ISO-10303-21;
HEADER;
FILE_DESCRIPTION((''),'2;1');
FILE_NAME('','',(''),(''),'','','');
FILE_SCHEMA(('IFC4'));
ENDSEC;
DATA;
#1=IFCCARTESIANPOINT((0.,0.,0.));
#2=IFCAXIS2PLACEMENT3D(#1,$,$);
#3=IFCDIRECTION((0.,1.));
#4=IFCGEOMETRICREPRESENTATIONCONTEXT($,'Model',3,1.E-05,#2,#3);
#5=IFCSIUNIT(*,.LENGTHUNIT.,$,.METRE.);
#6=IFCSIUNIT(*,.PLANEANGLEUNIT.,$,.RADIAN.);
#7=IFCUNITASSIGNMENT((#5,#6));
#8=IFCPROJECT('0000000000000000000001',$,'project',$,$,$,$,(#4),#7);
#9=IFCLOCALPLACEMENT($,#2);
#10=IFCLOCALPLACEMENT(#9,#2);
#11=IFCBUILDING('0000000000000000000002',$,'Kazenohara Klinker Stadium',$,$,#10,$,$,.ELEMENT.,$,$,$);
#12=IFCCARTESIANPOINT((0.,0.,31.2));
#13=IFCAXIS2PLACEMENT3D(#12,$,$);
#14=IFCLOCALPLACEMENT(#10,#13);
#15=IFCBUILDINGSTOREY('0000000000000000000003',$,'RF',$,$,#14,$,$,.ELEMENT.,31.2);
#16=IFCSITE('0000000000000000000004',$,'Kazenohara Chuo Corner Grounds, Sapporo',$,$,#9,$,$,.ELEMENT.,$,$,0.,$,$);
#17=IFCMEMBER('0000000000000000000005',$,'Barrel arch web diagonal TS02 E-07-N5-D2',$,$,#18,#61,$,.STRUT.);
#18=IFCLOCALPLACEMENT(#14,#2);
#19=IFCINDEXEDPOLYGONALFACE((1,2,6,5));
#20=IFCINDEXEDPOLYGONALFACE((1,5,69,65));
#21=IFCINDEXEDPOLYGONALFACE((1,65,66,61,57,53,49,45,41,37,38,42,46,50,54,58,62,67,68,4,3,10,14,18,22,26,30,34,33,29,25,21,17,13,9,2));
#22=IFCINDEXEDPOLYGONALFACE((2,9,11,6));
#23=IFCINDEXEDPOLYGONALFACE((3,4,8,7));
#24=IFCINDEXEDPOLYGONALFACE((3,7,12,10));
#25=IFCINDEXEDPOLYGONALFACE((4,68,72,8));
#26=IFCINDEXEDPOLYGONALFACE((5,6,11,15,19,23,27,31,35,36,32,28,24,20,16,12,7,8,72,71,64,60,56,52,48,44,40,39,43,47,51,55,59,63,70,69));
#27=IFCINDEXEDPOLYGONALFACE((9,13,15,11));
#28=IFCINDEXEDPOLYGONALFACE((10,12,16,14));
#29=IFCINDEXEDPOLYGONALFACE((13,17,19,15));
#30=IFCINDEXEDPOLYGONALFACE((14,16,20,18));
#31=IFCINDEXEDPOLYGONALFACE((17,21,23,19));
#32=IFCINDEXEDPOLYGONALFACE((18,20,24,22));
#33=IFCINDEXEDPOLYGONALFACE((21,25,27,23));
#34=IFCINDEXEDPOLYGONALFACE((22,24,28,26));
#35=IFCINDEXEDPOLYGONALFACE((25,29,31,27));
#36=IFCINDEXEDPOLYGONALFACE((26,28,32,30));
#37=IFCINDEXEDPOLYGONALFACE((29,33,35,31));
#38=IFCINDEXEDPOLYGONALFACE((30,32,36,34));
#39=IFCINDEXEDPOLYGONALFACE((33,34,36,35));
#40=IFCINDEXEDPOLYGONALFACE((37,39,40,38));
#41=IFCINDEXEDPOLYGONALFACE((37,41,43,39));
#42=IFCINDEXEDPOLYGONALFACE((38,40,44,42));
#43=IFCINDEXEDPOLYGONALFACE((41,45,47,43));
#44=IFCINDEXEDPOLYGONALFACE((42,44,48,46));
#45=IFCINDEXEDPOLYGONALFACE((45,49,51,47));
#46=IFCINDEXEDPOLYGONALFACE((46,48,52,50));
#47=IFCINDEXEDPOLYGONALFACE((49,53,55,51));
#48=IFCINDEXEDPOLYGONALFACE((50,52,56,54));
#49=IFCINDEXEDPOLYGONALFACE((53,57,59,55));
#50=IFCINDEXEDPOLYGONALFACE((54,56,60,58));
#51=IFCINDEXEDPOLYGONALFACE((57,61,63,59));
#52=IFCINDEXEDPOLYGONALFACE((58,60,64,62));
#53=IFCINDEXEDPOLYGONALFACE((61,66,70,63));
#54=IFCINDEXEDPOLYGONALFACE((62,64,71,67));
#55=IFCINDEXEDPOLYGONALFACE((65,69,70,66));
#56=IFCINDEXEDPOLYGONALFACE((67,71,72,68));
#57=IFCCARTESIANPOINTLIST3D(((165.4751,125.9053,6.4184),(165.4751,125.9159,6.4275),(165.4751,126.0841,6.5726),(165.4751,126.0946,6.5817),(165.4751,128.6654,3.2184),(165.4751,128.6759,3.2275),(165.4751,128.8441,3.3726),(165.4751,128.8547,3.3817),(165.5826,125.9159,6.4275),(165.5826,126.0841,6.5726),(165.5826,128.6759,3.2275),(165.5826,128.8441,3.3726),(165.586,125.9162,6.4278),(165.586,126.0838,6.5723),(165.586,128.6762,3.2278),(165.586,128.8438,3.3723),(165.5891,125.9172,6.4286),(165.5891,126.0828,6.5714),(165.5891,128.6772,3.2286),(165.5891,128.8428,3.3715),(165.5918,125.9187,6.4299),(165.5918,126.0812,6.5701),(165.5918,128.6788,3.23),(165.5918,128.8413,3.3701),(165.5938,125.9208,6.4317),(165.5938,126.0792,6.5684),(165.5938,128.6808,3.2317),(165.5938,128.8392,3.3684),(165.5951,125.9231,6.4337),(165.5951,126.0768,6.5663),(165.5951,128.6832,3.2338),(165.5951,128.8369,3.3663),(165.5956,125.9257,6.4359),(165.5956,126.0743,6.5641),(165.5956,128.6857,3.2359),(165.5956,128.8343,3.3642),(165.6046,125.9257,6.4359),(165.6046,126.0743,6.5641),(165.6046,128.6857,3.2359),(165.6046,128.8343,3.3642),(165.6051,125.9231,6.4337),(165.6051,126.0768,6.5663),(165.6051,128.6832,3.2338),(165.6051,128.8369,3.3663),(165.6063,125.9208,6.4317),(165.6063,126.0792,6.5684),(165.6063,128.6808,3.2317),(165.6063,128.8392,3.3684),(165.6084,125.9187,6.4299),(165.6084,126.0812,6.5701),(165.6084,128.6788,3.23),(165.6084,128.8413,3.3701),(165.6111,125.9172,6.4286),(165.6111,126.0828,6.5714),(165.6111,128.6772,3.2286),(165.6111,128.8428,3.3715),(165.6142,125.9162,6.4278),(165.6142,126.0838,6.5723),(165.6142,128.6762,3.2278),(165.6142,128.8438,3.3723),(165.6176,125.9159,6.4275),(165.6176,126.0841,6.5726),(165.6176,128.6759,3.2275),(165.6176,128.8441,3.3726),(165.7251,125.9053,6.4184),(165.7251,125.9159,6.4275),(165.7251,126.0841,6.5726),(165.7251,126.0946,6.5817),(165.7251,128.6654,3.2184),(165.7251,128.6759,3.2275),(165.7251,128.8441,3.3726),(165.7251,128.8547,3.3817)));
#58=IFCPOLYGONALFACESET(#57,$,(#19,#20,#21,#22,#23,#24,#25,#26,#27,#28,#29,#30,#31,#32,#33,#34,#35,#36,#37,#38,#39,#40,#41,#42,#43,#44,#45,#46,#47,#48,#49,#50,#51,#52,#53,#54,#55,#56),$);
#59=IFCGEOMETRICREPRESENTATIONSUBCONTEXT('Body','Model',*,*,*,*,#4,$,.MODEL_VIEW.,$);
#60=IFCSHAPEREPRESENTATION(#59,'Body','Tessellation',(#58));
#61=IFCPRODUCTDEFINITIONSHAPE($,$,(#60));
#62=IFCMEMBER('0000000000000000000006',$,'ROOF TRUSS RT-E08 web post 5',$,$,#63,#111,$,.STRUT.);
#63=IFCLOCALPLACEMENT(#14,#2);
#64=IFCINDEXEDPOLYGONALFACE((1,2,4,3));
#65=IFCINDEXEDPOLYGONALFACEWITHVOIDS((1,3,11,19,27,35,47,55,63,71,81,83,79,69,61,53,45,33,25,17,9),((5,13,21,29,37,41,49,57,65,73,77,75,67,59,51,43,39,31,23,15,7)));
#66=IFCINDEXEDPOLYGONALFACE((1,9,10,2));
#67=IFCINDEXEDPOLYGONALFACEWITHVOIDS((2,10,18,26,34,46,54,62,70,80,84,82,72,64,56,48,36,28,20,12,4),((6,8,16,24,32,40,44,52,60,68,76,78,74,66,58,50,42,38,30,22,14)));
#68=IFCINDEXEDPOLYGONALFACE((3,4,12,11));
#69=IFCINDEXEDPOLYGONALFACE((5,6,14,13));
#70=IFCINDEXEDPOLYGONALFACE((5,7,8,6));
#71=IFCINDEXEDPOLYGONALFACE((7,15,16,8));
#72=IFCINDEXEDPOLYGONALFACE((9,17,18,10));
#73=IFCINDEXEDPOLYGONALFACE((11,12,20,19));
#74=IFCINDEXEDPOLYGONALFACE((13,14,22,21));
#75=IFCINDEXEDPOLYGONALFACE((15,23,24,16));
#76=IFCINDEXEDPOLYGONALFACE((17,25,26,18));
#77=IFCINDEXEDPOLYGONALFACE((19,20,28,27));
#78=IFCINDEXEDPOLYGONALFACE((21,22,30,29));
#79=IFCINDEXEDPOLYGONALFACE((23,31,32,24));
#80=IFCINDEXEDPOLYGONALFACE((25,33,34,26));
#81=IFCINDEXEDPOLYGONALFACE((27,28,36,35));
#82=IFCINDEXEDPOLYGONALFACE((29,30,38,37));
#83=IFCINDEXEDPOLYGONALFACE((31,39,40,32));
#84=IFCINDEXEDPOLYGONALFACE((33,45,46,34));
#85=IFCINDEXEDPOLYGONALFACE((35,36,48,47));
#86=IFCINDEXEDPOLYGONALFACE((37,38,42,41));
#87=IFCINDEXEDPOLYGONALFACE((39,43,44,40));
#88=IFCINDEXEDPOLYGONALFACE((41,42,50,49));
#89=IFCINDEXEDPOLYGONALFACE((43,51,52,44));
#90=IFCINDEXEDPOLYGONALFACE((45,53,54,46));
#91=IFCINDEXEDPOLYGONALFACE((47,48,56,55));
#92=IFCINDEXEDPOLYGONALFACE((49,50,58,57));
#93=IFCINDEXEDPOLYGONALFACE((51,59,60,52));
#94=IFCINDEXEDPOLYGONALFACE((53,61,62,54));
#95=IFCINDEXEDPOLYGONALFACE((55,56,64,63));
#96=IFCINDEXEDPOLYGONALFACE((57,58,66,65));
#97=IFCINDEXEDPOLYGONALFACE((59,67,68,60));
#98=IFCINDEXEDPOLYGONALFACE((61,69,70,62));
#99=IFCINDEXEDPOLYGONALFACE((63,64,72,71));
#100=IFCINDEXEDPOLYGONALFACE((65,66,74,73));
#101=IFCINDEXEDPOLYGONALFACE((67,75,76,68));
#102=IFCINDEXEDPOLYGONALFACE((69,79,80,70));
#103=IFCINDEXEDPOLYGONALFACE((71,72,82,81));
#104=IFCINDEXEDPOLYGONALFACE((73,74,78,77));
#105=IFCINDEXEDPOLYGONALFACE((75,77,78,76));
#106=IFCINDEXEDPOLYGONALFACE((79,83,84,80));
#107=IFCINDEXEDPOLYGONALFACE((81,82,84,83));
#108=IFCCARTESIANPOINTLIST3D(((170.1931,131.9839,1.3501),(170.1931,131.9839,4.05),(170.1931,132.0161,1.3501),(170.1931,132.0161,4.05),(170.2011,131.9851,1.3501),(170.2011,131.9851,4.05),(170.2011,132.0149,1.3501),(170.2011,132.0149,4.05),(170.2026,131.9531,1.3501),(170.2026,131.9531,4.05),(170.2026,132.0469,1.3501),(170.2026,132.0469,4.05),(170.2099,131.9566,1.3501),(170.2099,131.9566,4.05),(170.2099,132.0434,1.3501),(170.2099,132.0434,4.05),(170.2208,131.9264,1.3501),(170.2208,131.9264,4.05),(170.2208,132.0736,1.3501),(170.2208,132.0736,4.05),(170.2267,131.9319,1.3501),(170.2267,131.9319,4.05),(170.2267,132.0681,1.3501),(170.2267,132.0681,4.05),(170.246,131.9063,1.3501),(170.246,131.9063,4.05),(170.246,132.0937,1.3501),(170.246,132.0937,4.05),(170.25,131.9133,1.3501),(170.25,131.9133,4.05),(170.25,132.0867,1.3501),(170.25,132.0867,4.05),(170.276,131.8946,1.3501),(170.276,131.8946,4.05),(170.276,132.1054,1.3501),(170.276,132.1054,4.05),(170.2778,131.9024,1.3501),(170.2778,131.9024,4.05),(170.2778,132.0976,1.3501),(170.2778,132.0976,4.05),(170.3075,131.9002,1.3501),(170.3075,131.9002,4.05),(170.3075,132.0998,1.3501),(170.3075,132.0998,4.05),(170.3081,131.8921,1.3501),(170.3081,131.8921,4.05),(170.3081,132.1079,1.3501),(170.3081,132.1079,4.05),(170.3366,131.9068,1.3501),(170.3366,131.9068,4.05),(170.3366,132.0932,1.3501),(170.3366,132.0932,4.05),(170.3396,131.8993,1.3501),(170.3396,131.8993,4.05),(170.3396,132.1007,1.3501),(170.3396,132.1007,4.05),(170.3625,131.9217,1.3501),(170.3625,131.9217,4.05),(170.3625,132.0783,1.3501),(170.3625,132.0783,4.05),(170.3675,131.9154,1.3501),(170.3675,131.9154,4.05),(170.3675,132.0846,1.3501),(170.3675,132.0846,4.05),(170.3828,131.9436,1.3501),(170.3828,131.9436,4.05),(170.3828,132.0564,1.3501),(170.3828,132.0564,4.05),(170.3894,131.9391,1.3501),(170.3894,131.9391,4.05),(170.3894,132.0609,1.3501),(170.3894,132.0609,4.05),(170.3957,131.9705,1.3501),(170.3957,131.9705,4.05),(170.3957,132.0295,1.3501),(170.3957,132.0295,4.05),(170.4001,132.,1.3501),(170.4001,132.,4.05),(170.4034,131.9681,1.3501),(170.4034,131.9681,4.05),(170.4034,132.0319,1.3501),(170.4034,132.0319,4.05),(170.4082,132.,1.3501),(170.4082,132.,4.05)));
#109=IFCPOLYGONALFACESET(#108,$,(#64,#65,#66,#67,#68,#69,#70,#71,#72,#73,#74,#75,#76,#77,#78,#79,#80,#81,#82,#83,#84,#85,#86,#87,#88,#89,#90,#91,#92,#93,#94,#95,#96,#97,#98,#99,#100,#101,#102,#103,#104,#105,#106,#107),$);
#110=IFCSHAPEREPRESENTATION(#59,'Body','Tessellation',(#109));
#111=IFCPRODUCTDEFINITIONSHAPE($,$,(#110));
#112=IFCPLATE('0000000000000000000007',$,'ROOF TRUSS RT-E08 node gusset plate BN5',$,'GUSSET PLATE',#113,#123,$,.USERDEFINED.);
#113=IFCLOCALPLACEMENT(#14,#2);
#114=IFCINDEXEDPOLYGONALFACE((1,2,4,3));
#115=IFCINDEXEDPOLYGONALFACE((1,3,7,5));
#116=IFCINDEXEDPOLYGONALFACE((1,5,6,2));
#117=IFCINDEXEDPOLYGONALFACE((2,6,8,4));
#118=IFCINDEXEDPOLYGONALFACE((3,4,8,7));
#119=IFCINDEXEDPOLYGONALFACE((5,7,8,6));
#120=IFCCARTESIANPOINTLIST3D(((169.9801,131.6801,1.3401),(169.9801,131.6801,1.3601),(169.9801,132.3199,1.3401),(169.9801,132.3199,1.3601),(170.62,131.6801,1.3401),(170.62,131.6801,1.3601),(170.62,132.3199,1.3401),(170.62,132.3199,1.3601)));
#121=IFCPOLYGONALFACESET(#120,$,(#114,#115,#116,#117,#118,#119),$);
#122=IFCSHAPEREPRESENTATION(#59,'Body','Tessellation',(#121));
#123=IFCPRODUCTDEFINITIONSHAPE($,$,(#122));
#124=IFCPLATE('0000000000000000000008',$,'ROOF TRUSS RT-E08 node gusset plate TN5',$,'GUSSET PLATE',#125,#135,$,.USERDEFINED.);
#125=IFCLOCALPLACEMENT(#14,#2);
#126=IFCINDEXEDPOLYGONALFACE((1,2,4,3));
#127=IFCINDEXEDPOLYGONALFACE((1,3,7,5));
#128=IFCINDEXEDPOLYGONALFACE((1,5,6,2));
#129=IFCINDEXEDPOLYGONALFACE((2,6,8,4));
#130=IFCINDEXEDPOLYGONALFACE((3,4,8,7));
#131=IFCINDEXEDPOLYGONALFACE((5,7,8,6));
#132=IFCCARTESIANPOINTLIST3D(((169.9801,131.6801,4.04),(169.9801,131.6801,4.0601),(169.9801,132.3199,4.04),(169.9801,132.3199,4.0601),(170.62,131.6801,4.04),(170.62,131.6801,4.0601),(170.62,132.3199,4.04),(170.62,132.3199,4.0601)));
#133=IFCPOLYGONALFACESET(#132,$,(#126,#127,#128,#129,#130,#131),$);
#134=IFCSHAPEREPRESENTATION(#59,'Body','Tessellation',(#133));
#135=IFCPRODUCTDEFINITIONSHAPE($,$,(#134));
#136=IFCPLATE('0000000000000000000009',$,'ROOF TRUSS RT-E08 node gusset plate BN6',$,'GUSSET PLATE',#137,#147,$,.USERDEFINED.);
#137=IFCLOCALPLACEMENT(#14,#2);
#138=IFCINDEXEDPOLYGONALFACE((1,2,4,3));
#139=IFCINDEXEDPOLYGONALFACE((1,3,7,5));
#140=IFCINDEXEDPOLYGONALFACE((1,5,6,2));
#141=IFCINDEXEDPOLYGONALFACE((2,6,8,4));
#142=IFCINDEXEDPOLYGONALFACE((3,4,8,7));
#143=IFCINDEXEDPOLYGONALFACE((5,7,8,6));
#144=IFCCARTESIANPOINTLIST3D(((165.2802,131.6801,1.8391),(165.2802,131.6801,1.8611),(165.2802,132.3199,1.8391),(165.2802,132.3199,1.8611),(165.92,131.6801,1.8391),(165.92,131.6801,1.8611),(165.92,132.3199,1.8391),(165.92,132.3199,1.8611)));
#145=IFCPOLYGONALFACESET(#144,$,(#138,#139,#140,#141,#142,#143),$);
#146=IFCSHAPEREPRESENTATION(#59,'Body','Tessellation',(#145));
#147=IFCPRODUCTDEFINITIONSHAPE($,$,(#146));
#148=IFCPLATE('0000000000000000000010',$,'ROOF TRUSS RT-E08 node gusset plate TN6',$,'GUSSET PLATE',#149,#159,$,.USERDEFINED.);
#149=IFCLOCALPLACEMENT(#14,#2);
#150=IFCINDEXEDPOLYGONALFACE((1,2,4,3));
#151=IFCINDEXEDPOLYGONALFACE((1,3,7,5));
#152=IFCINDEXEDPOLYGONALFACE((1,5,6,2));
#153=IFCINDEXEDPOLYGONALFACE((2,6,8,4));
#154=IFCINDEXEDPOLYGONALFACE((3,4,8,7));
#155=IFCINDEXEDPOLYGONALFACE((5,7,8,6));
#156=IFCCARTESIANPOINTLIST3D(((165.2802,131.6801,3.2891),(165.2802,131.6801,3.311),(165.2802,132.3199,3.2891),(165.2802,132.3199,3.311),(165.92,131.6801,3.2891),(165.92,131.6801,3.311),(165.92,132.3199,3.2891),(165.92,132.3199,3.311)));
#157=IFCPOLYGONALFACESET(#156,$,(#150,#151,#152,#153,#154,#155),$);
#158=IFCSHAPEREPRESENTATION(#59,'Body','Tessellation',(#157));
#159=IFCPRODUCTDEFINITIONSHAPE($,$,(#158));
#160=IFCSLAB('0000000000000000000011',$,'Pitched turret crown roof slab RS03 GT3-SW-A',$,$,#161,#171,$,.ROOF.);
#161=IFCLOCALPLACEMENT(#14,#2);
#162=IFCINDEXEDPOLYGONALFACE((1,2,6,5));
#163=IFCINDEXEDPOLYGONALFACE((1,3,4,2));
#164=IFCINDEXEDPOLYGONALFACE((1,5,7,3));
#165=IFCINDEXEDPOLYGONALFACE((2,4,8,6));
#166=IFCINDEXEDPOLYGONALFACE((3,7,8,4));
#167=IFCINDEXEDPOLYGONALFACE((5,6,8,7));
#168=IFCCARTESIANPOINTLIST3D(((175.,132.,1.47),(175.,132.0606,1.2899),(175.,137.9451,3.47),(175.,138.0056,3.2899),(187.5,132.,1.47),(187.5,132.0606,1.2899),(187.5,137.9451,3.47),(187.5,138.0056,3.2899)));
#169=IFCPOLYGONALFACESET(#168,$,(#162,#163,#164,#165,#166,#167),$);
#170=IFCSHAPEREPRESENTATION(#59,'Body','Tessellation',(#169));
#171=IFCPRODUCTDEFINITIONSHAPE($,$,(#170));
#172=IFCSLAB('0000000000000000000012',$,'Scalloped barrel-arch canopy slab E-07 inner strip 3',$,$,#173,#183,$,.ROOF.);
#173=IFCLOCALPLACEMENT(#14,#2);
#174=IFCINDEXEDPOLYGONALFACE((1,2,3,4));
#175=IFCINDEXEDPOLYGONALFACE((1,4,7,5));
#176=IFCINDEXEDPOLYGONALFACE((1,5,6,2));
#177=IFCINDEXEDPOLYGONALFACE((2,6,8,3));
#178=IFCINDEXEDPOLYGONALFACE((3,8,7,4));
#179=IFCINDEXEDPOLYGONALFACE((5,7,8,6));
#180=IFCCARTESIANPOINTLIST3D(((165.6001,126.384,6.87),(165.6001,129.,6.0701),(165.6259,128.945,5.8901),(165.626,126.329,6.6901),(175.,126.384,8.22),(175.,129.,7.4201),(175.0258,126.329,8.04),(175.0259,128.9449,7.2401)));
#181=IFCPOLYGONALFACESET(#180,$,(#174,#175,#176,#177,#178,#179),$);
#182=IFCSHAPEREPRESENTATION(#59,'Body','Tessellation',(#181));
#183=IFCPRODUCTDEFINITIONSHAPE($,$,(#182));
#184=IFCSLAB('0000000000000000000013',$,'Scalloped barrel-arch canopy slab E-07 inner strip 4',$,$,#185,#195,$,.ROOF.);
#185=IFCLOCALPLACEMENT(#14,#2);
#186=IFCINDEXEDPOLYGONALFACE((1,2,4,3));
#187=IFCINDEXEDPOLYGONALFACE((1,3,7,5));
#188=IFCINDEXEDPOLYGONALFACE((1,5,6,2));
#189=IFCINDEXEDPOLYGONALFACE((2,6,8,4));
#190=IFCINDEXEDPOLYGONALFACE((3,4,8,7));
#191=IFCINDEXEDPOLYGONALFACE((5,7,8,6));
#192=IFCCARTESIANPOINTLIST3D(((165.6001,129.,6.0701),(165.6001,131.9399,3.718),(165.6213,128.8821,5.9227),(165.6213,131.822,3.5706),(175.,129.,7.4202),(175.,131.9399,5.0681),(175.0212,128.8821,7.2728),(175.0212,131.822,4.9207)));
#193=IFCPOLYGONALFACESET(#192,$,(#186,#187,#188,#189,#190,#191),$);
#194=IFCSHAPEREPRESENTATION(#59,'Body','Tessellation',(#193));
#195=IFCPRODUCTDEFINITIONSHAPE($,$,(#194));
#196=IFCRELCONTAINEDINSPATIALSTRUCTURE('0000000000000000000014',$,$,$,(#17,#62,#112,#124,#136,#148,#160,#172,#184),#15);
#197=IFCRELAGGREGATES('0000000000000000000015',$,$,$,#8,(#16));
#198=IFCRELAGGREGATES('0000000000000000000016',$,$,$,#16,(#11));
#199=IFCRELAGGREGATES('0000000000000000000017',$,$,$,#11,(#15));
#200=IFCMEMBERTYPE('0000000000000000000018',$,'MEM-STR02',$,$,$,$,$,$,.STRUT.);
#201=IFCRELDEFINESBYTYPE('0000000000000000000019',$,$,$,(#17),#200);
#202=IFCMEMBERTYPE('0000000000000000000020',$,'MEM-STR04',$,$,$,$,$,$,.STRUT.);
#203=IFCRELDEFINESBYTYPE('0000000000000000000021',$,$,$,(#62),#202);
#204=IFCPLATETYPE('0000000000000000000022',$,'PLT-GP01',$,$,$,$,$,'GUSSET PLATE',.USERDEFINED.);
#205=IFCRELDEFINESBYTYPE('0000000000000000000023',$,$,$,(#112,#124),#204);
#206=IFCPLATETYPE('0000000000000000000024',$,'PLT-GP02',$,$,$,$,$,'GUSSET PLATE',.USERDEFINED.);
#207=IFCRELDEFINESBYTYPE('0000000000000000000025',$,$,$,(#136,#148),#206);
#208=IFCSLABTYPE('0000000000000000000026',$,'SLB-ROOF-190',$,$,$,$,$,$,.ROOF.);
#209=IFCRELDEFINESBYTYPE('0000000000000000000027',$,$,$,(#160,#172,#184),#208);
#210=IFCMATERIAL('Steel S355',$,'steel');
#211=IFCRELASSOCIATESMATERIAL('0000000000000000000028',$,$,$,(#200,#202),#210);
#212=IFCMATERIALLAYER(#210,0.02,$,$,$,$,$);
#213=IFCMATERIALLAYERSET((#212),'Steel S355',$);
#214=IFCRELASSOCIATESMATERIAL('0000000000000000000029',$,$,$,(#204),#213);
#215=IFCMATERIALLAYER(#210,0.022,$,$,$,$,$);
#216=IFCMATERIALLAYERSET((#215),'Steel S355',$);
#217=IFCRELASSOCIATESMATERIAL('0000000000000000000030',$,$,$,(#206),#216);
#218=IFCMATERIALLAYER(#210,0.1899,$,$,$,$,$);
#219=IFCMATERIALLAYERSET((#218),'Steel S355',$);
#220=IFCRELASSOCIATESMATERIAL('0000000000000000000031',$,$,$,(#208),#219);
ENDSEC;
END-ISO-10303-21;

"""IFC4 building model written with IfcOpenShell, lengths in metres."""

from ifc_helpers import new_model, si_unit, direction, frame, origin, origin_2d, place, context, subcontext, project, spatial, polyline, rectangle, hollow_circle, i_section, outline, extrude, material, layer, layer_set, material_profile, profile_set, type_object, element, save


model = new_model("IFC4")

# Units and contexts
model_context = context("Model", 3, precision=1e-05, world=origin(), true_north=direction((0.0, 1.0)))
body_context = subcontext(model_context, "Body", "Model", "MODEL_VIEW")
ifc_project = project(units=[si_unit("LENGTHUNIT", "METRE"), si_unit("PLANEANGLEUNIT", "RADIAN")], contexts=[model_context])

# Site, building, storey
site_placement = place(None, origin())
site = spatial("IfcSite", under=ifc_project, at=site_placement, Name="Kazenohara Chuo Corner Grounds, Sapporo", CompositionType="ELEMENT", RefElevation=0.0)
building_placement = place(site_placement, origin())
building = spatial("IfcBuilding", under=site, at=building_placement, Name="Kazenohara Klinker Stadium", CompositionType="ELEMENT")
storey_placement = place(building_placement, frame((0.0, 0.0, 31.2)))
storey = spatial("IfcBuildingStorey", under=building, at=storey_placement, Name="RF", CompositionType="ELEMENT", Elevation=31.2)

# Members
ifc_material_1 = material(Name="Steel S355", Category="steel")
ifc_material_profile_1 = material_profile(ifc_material_1, i_section(OverallWidth=0.25, OverallDepth=0.25, WebThickness=0.009, FlangeThickness=0.0139, FilletRadius=0.0129, at=origin_2d()), Name="H-250x250x9x14")
ifc_profile_set_1 = profile_set([ifc_material_profile_1], Name="Steel S355")
member_type_1 = type_object("IfcMemberType", Name="MEM-STR02", PredefinedType="STRUT", material=ifc_profile_set_1)
member_1_placement = place(storey_placement, frame((165.6001, 128.76, 3.3), z_axis=(0.0, -0.653134, 0.757242), x_axis=(1.0, 0.0, 0.0)))
element("IfcMember", 1, at=member_1_placement, inside=storey, type_object=member_type_1, Name="Barrel arch web diagonal TS02 E-07-N5-D2", PredefinedType="STRUT", context=body_context, shape_type="SweptSolid", body=[
    extrude(i_section(OverallWidth=0.25, OverallDepth=0.25, WebThickness=0.009, FlangeThickness=0.0139, FilletRadius=0.0129, at=origin_2d()), origin(), (0.0, 0.0, 1.0), 4.2258),
])
ifc_material_profile_2 = material_profile(ifc_material_1, hollow_circle(Radius=0.1082, WallThickness=0.0081, at=origin_2d()), Name="CHS-216.3x8")
ifc_profile_set_2 = profile_set([ifc_material_profile_2], Name="Steel S355")
member_type_2 = type_object("IfcMemberType", Name="MEM-STR04", PredefinedType="STRUT", material=ifc_profile_set_2)
member_2_placement = place(storey_placement, frame((170.3, 132.0, 1.3501), z_axis=(0.0, 0.0, 1.0), x_axis=(1.0, 0.0, 0.0)))
element("IfcMember", 2, at=member_2_placement, inside=storey, type_object=member_type_2, Name="ROOF TRUSS RT-E08 web post 5", PredefinedType="STRUT", context=body_context, shape_type="SweptSolid", body=[
    extrude(hollow_circle(Radius=0.1082, WallThickness=0.0081, at=origin_2d()), origin(), (0.0, 0.0, 1.0), 2.7),
])

# Plates
ifc_layer_1 = layer(ifc_material_1, 0.02)
ifc_layer_set_1 = layer_set([ifc_layer_1], Name="Steel S355")
plate_type_1 = type_object("IfcPlateType", Name="PLT-GP01", ElementType="GUSSET PLATE", PredefinedType="USERDEFINED", material=ifc_layer_set_1)
for number, where, z_axis, x_axis, name in (
    (3, (170.3, 132.0, 1.3401), (0.0, 0.0, 1.0), (1.0, 0.0, 0.0), "ROOF TRUSS RT-E08 node gusset plate BN5"),
    (4, (170.3, 132.0, 4.04), (0.0, 0.0, 1.0), (1.0, 0.0, 0.0), "ROOF TRUSS RT-E08 node gusset plate TN5"),
):
    element("IfcPlate", number, at=place(storey_placement, frame(where, z_axis=z_axis, x_axis=x_axis)), inside=storey, type_object=plate_type_1, Name=name, ObjectType="GUSSET PLATE", PredefinedType="USERDEFINED", context=body_context, shape_type="SweptSolid", body=[
        extrude(rectangle(XDim=0.6399, YDim=0.6399, at=origin_2d()), origin(), (0.0, 0.0, 1.0), 0.02),
    ])
ifc_layer_2 = layer(ifc_material_1, 0.022)
ifc_layer_set_2 = layer_set([ifc_layer_2], Name="Steel S355")
plate_type_2 = type_object("IfcPlateType", Name="PLT-GP02", ElementType="GUSSET PLATE", PredefinedType="USERDEFINED", material=ifc_layer_set_2)
for number, where, z_axis, x_axis, name in (
    (5, (165.6001, 132.0, 1.8391), (0.0, 0.0, 1.0), (1.0, 0.0, 0.0), "ROOF TRUSS RT-E08 node gusset plate BN6"),
    (6, (165.6001, 132.0, 3.2891), (0.0, 0.0, 1.0), (1.0, 0.0, 0.0), "ROOF TRUSS RT-E08 node gusset plate TN6"),
):
    element("IfcPlate", number, at=place(storey_placement, frame(where, z_axis=z_axis, x_axis=x_axis)), inside=storey, type_object=plate_type_2, Name=name, ObjectType="GUSSET PLATE", PredefinedType="USERDEFINED", context=body_context, shape_type="SweptSolid", body=[
        extrude(rectangle(XDim=0.6399, YDim=0.6399, at=origin_2d()), origin(), (0.0, 0.0, 1.0), 0.022),
    ])

# Slabs
ifc_layer_3 = layer(ifc_material_1, 0.1899)
ifc_layer_set_3 = layer_set([ifc_layer_3], Name="Steel S355")
slab_type = type_object("IfcSlabType", Name="SLB-ROOF-190", PredefinedType="ROOF", material=ifc_layer_set_3)
slab_1_placement = place(storey_placement, frame((175.0, 132.0, 1.47), z_axis=(0.0, -0.318854, 0.947804), x_axis=(1.0, 0.0, 0.0)))
element("IfcSlab", 7, at=slab_1_placement, inside=storey, type_object=slab_type, Name="Pitched turret crown roof slab RS03 GT3-SW-A", PredefinedType="ROOF", context=body_context, shape_type="SweptSolid", body=[
    extrude(outline(polyline([(0.0, 0.0), (12.5, 0.0), (12.5, 6.2725), (0.0, 6.2725), (0.0, 0.0)])), origin(), (0.0, 0.0, -1.0), 0.1899),
])
slab_2_placement = place(storey_placement, frame((175.0, 126.384, 8.22), z_axis=(-0.136061, 0.289701, 0.947397), x_axis=(-0.989844, -0.000004, -0.142156)))
element("IfcSlab", 8, at=slab_2_placement, inside=storey, type_object=slab_type, Name="Scalloped barrel-arch canopy slab E-07 inner strip 3", PredefinedType="ROOF", context=body_context, shape_type="SweptSolid", body=[
    extrude(outline(polyline([(0.0, 0.0), (9.4963, 0.0), (9.6101, -2.7332), (0.1137, -2.7331), (0.0, 0.0)])), origin(), (0.0, 0.0, -1.0), 0.1899),
])
slab_3_placement = place(storey_placement, frame((175.0, 129.0, 7.4202), z_axis=(-0.111455, 0.620819, 0.775991), x_axis=(-0.989842, 0.0, -0.14217)))
element("IfcSlab", 9, at=slab_3_placement, inside=storey, type_object=slab_type, Name="Scalloped barrel-arch canopy slab E-07 inner strip 4", PredefinedType="ROOF", context=body_context, shape_type="SweptSolid", body=[
    extrude(outline(polyline([(0.0, 0.0), (9.4964, 0.0), (9.8308, -3.7501), (0.3344, -3.7501), (0.0, 0.0)])), origin(), (0.0, 0.0, -1.0), 0.1899),
])

save(model, "model.ifc")
